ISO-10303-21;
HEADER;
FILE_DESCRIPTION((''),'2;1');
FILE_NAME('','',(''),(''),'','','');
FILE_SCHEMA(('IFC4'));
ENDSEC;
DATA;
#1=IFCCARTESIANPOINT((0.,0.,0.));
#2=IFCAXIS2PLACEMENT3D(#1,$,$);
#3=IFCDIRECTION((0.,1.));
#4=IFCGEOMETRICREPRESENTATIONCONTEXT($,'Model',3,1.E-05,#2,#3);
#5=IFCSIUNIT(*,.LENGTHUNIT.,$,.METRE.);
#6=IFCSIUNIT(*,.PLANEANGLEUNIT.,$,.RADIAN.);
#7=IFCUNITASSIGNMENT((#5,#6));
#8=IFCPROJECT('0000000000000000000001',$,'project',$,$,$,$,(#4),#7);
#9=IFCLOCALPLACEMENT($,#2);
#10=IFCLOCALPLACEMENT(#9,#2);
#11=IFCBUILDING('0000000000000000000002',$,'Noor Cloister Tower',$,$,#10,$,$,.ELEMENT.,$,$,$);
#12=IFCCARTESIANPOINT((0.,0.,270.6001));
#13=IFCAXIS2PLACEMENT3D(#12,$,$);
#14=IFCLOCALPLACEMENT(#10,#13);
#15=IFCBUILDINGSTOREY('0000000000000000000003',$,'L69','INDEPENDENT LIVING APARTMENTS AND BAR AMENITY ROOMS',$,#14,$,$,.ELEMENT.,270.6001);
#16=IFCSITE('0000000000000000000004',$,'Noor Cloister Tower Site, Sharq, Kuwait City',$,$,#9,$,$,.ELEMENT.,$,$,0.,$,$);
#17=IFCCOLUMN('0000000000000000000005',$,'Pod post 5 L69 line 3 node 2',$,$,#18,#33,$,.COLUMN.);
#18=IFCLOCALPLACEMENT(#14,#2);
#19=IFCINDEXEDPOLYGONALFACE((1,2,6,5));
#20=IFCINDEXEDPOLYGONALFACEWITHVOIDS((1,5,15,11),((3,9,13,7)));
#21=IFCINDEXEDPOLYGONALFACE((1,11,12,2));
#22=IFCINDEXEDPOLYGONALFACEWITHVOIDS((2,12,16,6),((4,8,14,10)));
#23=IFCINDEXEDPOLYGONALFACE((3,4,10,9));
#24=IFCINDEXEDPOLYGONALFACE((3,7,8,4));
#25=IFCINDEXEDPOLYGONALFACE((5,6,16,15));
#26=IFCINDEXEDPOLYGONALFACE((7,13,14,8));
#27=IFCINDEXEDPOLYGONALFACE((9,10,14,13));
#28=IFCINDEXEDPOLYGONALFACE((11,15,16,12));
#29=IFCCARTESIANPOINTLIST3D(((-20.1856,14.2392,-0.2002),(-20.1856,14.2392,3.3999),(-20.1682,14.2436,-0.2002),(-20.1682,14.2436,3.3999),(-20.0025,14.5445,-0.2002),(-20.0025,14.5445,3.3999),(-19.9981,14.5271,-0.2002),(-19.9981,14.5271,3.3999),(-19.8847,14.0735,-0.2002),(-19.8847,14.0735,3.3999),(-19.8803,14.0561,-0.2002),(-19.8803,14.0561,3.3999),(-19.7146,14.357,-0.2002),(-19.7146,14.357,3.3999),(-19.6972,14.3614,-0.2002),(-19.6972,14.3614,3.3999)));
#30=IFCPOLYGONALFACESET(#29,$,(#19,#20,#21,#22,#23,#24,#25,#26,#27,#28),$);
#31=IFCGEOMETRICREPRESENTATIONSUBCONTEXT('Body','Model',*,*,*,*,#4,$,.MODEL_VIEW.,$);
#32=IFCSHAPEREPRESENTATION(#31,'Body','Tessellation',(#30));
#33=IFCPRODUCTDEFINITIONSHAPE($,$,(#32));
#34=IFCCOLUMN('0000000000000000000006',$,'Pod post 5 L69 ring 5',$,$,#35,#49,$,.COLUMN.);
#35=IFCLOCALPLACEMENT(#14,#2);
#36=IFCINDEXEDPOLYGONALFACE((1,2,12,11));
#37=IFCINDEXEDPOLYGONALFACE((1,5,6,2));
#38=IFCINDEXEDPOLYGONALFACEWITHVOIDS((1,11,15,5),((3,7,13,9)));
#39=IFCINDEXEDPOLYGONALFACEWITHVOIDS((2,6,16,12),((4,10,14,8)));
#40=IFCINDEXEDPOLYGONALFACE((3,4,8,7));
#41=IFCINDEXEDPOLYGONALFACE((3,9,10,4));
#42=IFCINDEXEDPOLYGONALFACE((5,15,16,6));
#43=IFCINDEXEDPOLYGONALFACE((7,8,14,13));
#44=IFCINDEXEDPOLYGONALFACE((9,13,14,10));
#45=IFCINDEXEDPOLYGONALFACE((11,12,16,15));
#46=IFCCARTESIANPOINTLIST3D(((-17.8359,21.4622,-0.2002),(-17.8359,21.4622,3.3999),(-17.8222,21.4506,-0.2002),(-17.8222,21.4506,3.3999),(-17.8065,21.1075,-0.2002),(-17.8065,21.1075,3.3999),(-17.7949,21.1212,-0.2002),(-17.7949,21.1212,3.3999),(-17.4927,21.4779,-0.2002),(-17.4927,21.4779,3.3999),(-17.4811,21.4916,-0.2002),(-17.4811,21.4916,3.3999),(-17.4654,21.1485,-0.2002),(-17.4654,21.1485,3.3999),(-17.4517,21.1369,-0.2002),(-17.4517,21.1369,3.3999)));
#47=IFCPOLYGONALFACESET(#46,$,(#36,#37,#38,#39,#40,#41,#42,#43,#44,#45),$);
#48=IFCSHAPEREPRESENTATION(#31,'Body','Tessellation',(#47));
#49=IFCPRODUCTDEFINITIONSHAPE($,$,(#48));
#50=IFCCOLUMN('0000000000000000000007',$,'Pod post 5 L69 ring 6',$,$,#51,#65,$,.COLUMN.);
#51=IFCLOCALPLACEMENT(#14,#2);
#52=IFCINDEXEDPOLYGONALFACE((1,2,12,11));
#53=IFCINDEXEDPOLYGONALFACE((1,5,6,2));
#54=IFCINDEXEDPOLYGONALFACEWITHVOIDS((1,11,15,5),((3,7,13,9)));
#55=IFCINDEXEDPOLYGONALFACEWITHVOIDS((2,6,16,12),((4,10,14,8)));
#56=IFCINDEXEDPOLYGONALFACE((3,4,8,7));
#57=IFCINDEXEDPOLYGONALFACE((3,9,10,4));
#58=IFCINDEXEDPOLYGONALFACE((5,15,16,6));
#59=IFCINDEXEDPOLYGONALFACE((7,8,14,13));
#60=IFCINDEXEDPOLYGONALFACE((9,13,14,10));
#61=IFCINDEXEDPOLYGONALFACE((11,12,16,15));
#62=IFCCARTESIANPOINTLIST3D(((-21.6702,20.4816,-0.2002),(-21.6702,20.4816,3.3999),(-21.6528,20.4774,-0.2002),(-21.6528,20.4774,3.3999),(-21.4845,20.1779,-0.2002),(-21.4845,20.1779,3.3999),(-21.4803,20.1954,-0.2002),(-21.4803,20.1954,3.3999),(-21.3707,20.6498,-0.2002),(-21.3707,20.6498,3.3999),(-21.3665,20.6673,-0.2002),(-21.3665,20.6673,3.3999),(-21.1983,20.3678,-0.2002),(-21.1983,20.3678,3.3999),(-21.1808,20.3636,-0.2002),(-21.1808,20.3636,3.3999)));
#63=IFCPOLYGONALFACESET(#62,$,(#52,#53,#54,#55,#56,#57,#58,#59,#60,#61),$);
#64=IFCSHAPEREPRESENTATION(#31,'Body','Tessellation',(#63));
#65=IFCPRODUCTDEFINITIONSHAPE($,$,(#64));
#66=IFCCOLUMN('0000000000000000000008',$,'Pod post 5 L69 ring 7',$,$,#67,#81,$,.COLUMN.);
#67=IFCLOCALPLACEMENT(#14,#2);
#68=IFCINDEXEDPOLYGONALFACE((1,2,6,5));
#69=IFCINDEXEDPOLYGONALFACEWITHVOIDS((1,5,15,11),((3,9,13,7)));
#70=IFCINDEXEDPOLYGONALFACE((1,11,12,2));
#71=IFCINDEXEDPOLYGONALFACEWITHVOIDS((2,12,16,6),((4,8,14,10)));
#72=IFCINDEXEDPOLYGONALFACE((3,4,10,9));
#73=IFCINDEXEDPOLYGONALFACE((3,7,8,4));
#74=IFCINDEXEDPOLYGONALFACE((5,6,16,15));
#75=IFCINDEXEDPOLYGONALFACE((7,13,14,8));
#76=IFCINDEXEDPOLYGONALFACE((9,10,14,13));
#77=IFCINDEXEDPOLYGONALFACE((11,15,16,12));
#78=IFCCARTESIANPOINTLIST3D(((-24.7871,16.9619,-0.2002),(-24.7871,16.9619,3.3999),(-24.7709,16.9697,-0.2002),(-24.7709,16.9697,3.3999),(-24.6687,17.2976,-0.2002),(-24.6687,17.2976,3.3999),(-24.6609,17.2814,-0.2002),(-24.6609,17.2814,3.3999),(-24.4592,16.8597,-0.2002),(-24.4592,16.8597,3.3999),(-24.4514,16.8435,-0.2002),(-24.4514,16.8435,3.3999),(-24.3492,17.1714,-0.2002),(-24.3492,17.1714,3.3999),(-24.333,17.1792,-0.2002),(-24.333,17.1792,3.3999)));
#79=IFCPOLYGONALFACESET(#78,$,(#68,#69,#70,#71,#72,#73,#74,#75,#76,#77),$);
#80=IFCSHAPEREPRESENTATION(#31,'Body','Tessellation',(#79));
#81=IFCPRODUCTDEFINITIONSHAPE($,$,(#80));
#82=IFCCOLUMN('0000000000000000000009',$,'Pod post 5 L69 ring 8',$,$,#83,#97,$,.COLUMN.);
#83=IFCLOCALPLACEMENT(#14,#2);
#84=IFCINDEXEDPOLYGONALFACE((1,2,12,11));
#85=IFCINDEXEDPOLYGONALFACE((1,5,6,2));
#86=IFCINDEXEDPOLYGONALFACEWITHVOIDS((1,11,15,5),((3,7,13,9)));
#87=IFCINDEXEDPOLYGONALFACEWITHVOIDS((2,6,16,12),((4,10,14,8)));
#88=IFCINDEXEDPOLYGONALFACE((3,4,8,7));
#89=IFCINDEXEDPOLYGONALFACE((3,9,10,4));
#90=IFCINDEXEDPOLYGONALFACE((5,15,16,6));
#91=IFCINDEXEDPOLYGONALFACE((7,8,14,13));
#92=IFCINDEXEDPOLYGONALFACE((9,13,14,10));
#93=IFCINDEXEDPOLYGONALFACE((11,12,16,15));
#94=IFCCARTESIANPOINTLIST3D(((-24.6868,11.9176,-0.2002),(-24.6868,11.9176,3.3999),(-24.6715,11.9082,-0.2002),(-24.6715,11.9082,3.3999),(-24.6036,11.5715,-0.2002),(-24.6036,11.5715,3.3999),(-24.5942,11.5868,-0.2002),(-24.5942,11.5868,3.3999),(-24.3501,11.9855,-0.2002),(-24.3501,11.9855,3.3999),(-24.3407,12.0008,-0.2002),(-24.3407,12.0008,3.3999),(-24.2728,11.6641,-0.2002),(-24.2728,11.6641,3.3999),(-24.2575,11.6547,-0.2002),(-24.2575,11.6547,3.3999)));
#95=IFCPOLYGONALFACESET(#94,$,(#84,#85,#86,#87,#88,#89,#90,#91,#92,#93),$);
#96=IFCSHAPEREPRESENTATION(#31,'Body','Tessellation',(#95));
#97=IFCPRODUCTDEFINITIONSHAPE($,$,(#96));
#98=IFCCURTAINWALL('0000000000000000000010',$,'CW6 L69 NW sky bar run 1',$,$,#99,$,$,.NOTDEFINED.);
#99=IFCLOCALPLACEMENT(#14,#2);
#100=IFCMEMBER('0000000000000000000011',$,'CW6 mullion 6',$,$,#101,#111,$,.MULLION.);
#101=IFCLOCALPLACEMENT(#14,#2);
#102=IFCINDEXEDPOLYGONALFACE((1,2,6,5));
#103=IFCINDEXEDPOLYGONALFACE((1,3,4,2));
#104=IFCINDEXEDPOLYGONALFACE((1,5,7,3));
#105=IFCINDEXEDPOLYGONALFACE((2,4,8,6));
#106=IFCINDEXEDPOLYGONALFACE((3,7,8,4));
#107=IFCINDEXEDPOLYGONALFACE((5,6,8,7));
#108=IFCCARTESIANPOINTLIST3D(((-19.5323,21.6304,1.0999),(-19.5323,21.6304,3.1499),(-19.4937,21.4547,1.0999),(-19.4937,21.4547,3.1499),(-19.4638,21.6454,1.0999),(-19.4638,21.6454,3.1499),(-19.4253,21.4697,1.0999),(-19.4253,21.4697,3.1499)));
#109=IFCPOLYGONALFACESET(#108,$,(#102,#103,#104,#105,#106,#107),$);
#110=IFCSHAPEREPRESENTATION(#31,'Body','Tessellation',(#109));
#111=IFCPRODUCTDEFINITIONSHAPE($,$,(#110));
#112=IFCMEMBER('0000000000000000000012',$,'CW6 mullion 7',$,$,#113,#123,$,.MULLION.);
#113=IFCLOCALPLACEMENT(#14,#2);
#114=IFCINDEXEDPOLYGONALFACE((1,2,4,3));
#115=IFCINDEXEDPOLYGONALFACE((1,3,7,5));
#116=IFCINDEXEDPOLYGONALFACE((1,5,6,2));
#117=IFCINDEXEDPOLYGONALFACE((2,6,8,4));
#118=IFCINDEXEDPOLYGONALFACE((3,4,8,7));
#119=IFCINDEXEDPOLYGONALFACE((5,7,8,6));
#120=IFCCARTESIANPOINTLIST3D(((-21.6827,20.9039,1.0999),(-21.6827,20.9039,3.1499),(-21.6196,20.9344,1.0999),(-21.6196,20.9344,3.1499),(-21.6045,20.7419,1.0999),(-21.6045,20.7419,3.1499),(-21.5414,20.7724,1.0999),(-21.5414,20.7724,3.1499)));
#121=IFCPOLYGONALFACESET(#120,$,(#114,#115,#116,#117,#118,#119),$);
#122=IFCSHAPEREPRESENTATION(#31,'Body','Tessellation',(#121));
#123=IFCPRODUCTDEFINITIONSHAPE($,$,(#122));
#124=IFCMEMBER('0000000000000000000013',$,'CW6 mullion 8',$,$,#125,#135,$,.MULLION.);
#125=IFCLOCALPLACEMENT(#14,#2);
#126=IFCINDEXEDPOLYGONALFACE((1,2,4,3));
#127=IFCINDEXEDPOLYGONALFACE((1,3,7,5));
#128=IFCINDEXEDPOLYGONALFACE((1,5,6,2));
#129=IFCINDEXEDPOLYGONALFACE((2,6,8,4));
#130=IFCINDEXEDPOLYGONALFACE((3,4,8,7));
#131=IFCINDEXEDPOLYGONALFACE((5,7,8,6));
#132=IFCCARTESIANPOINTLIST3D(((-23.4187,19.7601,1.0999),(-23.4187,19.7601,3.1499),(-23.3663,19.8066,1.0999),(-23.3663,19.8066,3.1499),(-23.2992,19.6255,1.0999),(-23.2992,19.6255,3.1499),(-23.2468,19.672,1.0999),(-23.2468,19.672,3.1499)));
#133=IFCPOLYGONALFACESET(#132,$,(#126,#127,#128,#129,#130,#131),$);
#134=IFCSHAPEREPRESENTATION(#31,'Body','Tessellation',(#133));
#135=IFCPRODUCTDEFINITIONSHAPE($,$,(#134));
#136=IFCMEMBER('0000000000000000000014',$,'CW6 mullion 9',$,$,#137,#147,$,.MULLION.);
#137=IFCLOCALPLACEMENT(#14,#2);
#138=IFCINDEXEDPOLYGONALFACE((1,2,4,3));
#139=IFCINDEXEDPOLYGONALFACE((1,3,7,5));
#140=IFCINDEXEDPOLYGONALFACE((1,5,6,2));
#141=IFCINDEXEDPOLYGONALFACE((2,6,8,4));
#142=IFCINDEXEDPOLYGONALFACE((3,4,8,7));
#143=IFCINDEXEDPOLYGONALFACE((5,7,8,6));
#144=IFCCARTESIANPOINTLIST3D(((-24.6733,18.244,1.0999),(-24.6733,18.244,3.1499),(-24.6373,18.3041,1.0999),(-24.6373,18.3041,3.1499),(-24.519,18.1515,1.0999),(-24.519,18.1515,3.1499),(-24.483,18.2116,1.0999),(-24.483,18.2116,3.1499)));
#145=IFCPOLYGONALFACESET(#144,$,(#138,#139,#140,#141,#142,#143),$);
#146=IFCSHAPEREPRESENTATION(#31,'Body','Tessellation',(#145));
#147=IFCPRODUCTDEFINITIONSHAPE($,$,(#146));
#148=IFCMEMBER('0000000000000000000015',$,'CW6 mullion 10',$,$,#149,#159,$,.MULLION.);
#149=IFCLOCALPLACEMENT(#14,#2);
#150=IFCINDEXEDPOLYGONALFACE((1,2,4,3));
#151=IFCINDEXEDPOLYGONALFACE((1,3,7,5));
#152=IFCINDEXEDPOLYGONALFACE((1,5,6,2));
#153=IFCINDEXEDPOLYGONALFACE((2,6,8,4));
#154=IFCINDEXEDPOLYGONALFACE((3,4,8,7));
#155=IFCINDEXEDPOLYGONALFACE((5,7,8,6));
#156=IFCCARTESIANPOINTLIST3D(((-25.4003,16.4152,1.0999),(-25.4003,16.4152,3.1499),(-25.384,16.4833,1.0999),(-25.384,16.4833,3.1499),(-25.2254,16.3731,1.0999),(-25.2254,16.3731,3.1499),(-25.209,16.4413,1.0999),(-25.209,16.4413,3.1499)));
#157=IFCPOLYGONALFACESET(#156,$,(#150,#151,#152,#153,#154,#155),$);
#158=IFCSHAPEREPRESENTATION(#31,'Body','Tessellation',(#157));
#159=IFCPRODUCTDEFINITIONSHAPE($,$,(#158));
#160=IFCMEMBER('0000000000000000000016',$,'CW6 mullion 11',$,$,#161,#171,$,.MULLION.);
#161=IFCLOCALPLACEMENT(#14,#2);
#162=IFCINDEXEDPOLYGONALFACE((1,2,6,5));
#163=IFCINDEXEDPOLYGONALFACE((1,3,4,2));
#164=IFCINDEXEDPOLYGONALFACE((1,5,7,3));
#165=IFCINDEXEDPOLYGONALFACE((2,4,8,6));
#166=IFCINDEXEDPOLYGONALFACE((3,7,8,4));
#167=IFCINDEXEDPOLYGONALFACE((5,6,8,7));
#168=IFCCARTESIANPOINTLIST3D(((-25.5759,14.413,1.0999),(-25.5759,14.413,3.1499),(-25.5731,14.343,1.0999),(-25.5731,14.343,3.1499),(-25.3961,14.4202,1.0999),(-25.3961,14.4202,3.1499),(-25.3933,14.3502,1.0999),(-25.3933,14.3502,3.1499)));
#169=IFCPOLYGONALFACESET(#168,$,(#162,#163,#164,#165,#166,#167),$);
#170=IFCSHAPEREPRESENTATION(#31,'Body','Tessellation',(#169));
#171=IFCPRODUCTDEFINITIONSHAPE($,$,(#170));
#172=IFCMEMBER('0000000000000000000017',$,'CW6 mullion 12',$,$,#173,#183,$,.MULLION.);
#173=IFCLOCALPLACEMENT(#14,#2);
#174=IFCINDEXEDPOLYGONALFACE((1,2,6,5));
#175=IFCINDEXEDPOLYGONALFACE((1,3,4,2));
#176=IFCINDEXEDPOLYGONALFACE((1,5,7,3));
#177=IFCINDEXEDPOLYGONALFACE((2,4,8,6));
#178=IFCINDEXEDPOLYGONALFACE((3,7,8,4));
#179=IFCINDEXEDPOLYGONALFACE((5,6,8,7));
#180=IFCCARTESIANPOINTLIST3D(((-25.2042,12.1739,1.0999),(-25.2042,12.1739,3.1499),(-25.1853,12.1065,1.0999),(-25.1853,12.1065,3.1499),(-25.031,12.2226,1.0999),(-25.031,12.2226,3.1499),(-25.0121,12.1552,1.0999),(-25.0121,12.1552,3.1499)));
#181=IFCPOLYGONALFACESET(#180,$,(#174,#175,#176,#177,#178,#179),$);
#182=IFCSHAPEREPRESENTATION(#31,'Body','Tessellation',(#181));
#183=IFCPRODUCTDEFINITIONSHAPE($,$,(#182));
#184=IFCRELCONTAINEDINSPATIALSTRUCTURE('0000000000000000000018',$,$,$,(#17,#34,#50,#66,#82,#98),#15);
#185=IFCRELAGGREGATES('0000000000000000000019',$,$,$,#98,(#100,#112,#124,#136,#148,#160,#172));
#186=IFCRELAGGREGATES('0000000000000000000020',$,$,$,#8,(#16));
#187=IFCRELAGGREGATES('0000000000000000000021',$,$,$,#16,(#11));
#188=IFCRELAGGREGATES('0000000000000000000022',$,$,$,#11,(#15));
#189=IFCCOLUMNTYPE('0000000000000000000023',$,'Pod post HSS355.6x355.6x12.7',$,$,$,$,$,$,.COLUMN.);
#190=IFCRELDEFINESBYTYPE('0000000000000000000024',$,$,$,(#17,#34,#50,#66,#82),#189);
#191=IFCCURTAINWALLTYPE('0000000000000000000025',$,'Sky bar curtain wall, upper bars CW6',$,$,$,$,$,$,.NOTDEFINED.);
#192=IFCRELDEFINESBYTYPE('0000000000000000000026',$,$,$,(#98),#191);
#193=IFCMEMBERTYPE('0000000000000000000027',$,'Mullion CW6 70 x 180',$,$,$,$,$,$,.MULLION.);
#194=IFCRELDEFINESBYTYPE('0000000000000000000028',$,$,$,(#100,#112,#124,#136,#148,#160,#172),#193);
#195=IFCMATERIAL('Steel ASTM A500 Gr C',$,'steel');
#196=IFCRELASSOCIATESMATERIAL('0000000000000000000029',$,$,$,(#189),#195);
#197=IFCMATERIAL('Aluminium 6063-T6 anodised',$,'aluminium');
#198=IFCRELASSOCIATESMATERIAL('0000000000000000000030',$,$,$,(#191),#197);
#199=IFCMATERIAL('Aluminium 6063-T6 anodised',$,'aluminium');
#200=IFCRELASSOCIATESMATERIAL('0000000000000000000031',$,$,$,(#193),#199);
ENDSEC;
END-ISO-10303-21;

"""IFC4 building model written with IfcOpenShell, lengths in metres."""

from ifc_helpers import new_model, si_unit, direction, frame, origin, origin_2d, place, context, subcontext, project, spatial, rectangle, hollow_rectangle, extrude, material, material_profile, profile_set, type_object, element, aggregate, save


model = new_model("IFC4")

# Units and contexts
model_context = context("Model", 3, precision=1e-05, world=origin(), true_north=direction((0.0, 1.0)))
body_context = subcontext(model_context, "Body", "Model", "MODEL_VIEW")
ifc_project = project(units=[si_unit("LENGTHUNIT", "METRE"), si_unit("PLANEANGLEUNIT", "RADIAN")], contexts=[model_context])

# Site, building, storey
site_placement = place(None, origin())
site = spatial("IfcSite", under=ifc_project, at=site_placement, Name="Noor Cloister Tower Site, Sharq, Kuwait City", CompositionType="ELEMENT", RefElevation=0.0)
building_placement = place(site_placement, origin())
building = spatial("IfcBuilding", under=site, at=building_placement, Name="Noor Cloister Tower", CompositionType="ELEMENT")
storey_placement = place(building_placement, frame((0.0, 0.0, 270.6001)))
storey = spatial("IfcBuildingStorey", under=building, at=storey_placement, Name="L69", Description="INDEPENDENT LIVING APARTMENTS AND BAR AMENITY ROOMS", CompositionType="ELEMENT", Elevation=270.6001)

# Columns
ifc_material_1 = material(Name="Steel ASTM A500 Gr C", Category="steel")
ifc_material_profile_1 = material_profile(ifc_material_1, hollow_rectangle(XDim=0.356, YDim=0.356, WallThickness=0.0127, at=origin_2d()), Name="HSS355.6x355.6x12.7")
ifc_profile_set_1 = profile_set([ifc_material_profile_1], Name="Steel ASTM A500 Gr C")
column_type = type_object("IfcColumnType", Name="Pod post HSS355.6x355.6x12.7", PredefinedType="COLUMN", material=ifc_profile_set_1)
for number, where, z_axis, x_axis, name in (
    (1, (-19.9414, 14.3003, -0.2002), (0.0, 0.0, 1.0), (-0.857567, 0.514373, 0.0), "Pod post 5 L69 line 3 node 2"),
    (2, (-17.6438, 21.2996, -0.2002), (0.0, 0.0, 1.0), (-0.996585, -0.082572, 0.0), "Pod post 5 L69 ring 5"),
    (3, (-21.4255, 20.4226, -0.2002), (0.0, 0.0, 1.0), (-0.853154, -0.521659, 0.0), "Pod post 5 L69 ring 6"),
    (4, (-24.5601, 17.0706, -0.2002), (0.0, 0.0, 1.0), (-0.332679, -0.94304, 0.0), "Pod post 5 L69 ring 7"),
    (5, (-24.4722, 11.7861, -0.2002), (0.0, 0.0, 1.0), (0.233735, -0.9723, 0.0), "Pod post 5 L69 ring 8"),
):
    element("IfcColumn", number, at=place(storey_placement, frame(where, z_axis=z_axis, x_axis=x_axis)), inside=storey, type_object=column_type, Name=name, PredefinedType="COLUMN", context=body_context, shape_type="SweptSolid", body=[
        extrude(hollow_rectangle(XDim=0.356, YDim=0.356, WallThickness=0.0127, at=origin_2d()), origin(), (0.0, 0.0, 1.0), 3.6001),
    ])

# Curtain wall, members
ifc_material_2 = material(Name="Aluminium 6063-T6 anodised", Category="aluminium")
curtain_wall_type = type_object("IfcCurtainWallType", Name="Sky bar curtain wall, upper bars CW6", PredefinedType="NOTDEFINED", material=ifc_material_2)
curtain_wall_placement = place(storey_placement, origin())
curtain_wall = element("IfcCurtainWall", 6, at=curtain_wall_placement, inside=storey, type_object=curtain_wall_type, Name="CW6 L69 NW sky bar run 1", PredefinedType="NOTDEFINED")
ifc_material_3 = material(Name="Aluminium 6063-T6 anodised", Category="aluminium")
ifc_material_profile_2 = material_profile(ifc_material_3, rectangle(XDim=0.1799, YDim=0.0701, at=origin_2d()), Name="180 x 70 mullion")
ifc_profile_set_2 = profile_set([ifc_material_profile_2], Name="Aluminium 6063-T6 anodised")
member_type = type_object("IfcMemberType", Name="Mullion CW6 70 x 180", PredefinedType="MULLION", material=ifc_profile_set_2)
member_1_placement = place(storey_placement, frame((-19.4788, 21.55, 1.0999), z_axis=(0.0, 0.0, 1.0), x_axis=(0.214216, -0.976786, 0.0)))
member_1 = element("IfcMember", 7, at=member_1_placement, type_object=member_type, Name="CW6 mullion 6", PredefinedType="MULLION", context=body_context, shape_type="SweptSolid", body=[
    extrude(rectangle(XDim=0.1799, YDim=0.0701, at=origin_2d()), origin(), (0.0, 0.0, 1.0), 2.05),
])
member_2_placement = place(storey_placement, frame((-21.6121, 20.8381, 1.0999), z_axis=(0.0, 0.0, 1.0), x_axis=(0.434972, -0.900444, 0.0)))
member_2 = element("IfcMember", 8, at=member_2_placement, type_object=member_type, Name="CW6 mullion 7", PredefinedType="MULLION", context=body_context, shape_type="SweptSolid", body=[
    extrude(rectangle(XDim=0.1799, YDim=0.0701, at=origin_2d()), origin(), (0.0, 0.0, 1.0), 2.05),
])
member_3_placement = place(storey_placement, frame((-23.3328, 19.7161, 1.0999), z_axis=(0.0, 0.0, 1.0), x_axis=(0.663832, -0.747882, 0.0)))
member_3 = element("IfcMember", 9, at=member_3_placement, type_object=member_type, Name="CW6 mullion 8", PredefinedType="MULLION", context=body_context, shape_type="SweptSolid", body=[
    extrude(rectangle(XDim=0.1799, YDim=0.0701, at=origin_2d()), origin(), (0.0, 0.0, 1.0), 2.05),
])
member_4_placement = place(storey_placement, frame((-24.5781, 18.2278, 1.0999), z_axis=(0.0, 0.0, 1.0), x_axis=(0.857567, -0.514373, 0.0)))
member_4 = element("IfcMember", 10, at=member_4_placement, type_object=member_type, Name="CW6 mullion 9", PredefinedType="MULLION", context=body_context, shape_type="SweptSolid", body=[
    extrude(rectangle(XDim=0.1799, YDim=0.0701, at=origin_2d()), origin(), (0.0, 0.0, 1.0), 2.05),
])
member_5_placement = place(storey_placement, frame((-25.3047, 16.4282, 1.0999), z_axis=(0.0, 0.0, 1.0), x_axis=(0.972354, -0.23351, 0.0)))
member_5 = element("IfcMember", 11, at=member_5_placement, type_object=member_type, Name="CW6 mullion 10", PredefinedType="MULLION", context=body_context, shape_type="SweptSolid", body=[
    extrude(rectangle(XDim=0.1799, YDim=0.0701, at=origin_2d()), origin(), (0.0, 0.0, 1.0), 2.05),
])
member_6_placement = place(storey_placement, frame((-25.4846, 14.3816, 1.0999), z_axis=(0.0, 0.0, 1.0), x_axis=(0.999191, 0.040226, 0.0)))
member_6 = element("IfcMember", 12, at=member_6_placement, type_object=member_type, Name="CW6 mullion 11", PredefinedType="MULLION", context=body_context, shape_type="SweptSolid", body=[
    extrude(rectangle(XDim=0.1799, YDim=0.0701, at=origin_2d()), origin(), (0.0, 0.0, 1.0), 2.05),
])
member_7_placement = place(storey_placement, frame((-25.1082, 12.1646, 1.0999), z_axis=(0.0, 0.0, 1.0), x_axis=(0.9626, 0.270927, 0.0)))
member_7 = element("IfcMember", 13, at=member_7_placement, type_object=member_type, Name="CW6 mullion 12", PredefinedType="MULLION", context=body_context, shape_type="SweptSolid", body=[
    extrude(rectangle(XDim=0.1799, YDim=0.0701, at=origin_2d()), origin(), (0.0, 0.0, 1.0), 2.05),
])

aggregate(curtain_wall, [member_1, member_2, member_3, member_4, member_5, member_6, member_7])

save(model, "model.ifc")
